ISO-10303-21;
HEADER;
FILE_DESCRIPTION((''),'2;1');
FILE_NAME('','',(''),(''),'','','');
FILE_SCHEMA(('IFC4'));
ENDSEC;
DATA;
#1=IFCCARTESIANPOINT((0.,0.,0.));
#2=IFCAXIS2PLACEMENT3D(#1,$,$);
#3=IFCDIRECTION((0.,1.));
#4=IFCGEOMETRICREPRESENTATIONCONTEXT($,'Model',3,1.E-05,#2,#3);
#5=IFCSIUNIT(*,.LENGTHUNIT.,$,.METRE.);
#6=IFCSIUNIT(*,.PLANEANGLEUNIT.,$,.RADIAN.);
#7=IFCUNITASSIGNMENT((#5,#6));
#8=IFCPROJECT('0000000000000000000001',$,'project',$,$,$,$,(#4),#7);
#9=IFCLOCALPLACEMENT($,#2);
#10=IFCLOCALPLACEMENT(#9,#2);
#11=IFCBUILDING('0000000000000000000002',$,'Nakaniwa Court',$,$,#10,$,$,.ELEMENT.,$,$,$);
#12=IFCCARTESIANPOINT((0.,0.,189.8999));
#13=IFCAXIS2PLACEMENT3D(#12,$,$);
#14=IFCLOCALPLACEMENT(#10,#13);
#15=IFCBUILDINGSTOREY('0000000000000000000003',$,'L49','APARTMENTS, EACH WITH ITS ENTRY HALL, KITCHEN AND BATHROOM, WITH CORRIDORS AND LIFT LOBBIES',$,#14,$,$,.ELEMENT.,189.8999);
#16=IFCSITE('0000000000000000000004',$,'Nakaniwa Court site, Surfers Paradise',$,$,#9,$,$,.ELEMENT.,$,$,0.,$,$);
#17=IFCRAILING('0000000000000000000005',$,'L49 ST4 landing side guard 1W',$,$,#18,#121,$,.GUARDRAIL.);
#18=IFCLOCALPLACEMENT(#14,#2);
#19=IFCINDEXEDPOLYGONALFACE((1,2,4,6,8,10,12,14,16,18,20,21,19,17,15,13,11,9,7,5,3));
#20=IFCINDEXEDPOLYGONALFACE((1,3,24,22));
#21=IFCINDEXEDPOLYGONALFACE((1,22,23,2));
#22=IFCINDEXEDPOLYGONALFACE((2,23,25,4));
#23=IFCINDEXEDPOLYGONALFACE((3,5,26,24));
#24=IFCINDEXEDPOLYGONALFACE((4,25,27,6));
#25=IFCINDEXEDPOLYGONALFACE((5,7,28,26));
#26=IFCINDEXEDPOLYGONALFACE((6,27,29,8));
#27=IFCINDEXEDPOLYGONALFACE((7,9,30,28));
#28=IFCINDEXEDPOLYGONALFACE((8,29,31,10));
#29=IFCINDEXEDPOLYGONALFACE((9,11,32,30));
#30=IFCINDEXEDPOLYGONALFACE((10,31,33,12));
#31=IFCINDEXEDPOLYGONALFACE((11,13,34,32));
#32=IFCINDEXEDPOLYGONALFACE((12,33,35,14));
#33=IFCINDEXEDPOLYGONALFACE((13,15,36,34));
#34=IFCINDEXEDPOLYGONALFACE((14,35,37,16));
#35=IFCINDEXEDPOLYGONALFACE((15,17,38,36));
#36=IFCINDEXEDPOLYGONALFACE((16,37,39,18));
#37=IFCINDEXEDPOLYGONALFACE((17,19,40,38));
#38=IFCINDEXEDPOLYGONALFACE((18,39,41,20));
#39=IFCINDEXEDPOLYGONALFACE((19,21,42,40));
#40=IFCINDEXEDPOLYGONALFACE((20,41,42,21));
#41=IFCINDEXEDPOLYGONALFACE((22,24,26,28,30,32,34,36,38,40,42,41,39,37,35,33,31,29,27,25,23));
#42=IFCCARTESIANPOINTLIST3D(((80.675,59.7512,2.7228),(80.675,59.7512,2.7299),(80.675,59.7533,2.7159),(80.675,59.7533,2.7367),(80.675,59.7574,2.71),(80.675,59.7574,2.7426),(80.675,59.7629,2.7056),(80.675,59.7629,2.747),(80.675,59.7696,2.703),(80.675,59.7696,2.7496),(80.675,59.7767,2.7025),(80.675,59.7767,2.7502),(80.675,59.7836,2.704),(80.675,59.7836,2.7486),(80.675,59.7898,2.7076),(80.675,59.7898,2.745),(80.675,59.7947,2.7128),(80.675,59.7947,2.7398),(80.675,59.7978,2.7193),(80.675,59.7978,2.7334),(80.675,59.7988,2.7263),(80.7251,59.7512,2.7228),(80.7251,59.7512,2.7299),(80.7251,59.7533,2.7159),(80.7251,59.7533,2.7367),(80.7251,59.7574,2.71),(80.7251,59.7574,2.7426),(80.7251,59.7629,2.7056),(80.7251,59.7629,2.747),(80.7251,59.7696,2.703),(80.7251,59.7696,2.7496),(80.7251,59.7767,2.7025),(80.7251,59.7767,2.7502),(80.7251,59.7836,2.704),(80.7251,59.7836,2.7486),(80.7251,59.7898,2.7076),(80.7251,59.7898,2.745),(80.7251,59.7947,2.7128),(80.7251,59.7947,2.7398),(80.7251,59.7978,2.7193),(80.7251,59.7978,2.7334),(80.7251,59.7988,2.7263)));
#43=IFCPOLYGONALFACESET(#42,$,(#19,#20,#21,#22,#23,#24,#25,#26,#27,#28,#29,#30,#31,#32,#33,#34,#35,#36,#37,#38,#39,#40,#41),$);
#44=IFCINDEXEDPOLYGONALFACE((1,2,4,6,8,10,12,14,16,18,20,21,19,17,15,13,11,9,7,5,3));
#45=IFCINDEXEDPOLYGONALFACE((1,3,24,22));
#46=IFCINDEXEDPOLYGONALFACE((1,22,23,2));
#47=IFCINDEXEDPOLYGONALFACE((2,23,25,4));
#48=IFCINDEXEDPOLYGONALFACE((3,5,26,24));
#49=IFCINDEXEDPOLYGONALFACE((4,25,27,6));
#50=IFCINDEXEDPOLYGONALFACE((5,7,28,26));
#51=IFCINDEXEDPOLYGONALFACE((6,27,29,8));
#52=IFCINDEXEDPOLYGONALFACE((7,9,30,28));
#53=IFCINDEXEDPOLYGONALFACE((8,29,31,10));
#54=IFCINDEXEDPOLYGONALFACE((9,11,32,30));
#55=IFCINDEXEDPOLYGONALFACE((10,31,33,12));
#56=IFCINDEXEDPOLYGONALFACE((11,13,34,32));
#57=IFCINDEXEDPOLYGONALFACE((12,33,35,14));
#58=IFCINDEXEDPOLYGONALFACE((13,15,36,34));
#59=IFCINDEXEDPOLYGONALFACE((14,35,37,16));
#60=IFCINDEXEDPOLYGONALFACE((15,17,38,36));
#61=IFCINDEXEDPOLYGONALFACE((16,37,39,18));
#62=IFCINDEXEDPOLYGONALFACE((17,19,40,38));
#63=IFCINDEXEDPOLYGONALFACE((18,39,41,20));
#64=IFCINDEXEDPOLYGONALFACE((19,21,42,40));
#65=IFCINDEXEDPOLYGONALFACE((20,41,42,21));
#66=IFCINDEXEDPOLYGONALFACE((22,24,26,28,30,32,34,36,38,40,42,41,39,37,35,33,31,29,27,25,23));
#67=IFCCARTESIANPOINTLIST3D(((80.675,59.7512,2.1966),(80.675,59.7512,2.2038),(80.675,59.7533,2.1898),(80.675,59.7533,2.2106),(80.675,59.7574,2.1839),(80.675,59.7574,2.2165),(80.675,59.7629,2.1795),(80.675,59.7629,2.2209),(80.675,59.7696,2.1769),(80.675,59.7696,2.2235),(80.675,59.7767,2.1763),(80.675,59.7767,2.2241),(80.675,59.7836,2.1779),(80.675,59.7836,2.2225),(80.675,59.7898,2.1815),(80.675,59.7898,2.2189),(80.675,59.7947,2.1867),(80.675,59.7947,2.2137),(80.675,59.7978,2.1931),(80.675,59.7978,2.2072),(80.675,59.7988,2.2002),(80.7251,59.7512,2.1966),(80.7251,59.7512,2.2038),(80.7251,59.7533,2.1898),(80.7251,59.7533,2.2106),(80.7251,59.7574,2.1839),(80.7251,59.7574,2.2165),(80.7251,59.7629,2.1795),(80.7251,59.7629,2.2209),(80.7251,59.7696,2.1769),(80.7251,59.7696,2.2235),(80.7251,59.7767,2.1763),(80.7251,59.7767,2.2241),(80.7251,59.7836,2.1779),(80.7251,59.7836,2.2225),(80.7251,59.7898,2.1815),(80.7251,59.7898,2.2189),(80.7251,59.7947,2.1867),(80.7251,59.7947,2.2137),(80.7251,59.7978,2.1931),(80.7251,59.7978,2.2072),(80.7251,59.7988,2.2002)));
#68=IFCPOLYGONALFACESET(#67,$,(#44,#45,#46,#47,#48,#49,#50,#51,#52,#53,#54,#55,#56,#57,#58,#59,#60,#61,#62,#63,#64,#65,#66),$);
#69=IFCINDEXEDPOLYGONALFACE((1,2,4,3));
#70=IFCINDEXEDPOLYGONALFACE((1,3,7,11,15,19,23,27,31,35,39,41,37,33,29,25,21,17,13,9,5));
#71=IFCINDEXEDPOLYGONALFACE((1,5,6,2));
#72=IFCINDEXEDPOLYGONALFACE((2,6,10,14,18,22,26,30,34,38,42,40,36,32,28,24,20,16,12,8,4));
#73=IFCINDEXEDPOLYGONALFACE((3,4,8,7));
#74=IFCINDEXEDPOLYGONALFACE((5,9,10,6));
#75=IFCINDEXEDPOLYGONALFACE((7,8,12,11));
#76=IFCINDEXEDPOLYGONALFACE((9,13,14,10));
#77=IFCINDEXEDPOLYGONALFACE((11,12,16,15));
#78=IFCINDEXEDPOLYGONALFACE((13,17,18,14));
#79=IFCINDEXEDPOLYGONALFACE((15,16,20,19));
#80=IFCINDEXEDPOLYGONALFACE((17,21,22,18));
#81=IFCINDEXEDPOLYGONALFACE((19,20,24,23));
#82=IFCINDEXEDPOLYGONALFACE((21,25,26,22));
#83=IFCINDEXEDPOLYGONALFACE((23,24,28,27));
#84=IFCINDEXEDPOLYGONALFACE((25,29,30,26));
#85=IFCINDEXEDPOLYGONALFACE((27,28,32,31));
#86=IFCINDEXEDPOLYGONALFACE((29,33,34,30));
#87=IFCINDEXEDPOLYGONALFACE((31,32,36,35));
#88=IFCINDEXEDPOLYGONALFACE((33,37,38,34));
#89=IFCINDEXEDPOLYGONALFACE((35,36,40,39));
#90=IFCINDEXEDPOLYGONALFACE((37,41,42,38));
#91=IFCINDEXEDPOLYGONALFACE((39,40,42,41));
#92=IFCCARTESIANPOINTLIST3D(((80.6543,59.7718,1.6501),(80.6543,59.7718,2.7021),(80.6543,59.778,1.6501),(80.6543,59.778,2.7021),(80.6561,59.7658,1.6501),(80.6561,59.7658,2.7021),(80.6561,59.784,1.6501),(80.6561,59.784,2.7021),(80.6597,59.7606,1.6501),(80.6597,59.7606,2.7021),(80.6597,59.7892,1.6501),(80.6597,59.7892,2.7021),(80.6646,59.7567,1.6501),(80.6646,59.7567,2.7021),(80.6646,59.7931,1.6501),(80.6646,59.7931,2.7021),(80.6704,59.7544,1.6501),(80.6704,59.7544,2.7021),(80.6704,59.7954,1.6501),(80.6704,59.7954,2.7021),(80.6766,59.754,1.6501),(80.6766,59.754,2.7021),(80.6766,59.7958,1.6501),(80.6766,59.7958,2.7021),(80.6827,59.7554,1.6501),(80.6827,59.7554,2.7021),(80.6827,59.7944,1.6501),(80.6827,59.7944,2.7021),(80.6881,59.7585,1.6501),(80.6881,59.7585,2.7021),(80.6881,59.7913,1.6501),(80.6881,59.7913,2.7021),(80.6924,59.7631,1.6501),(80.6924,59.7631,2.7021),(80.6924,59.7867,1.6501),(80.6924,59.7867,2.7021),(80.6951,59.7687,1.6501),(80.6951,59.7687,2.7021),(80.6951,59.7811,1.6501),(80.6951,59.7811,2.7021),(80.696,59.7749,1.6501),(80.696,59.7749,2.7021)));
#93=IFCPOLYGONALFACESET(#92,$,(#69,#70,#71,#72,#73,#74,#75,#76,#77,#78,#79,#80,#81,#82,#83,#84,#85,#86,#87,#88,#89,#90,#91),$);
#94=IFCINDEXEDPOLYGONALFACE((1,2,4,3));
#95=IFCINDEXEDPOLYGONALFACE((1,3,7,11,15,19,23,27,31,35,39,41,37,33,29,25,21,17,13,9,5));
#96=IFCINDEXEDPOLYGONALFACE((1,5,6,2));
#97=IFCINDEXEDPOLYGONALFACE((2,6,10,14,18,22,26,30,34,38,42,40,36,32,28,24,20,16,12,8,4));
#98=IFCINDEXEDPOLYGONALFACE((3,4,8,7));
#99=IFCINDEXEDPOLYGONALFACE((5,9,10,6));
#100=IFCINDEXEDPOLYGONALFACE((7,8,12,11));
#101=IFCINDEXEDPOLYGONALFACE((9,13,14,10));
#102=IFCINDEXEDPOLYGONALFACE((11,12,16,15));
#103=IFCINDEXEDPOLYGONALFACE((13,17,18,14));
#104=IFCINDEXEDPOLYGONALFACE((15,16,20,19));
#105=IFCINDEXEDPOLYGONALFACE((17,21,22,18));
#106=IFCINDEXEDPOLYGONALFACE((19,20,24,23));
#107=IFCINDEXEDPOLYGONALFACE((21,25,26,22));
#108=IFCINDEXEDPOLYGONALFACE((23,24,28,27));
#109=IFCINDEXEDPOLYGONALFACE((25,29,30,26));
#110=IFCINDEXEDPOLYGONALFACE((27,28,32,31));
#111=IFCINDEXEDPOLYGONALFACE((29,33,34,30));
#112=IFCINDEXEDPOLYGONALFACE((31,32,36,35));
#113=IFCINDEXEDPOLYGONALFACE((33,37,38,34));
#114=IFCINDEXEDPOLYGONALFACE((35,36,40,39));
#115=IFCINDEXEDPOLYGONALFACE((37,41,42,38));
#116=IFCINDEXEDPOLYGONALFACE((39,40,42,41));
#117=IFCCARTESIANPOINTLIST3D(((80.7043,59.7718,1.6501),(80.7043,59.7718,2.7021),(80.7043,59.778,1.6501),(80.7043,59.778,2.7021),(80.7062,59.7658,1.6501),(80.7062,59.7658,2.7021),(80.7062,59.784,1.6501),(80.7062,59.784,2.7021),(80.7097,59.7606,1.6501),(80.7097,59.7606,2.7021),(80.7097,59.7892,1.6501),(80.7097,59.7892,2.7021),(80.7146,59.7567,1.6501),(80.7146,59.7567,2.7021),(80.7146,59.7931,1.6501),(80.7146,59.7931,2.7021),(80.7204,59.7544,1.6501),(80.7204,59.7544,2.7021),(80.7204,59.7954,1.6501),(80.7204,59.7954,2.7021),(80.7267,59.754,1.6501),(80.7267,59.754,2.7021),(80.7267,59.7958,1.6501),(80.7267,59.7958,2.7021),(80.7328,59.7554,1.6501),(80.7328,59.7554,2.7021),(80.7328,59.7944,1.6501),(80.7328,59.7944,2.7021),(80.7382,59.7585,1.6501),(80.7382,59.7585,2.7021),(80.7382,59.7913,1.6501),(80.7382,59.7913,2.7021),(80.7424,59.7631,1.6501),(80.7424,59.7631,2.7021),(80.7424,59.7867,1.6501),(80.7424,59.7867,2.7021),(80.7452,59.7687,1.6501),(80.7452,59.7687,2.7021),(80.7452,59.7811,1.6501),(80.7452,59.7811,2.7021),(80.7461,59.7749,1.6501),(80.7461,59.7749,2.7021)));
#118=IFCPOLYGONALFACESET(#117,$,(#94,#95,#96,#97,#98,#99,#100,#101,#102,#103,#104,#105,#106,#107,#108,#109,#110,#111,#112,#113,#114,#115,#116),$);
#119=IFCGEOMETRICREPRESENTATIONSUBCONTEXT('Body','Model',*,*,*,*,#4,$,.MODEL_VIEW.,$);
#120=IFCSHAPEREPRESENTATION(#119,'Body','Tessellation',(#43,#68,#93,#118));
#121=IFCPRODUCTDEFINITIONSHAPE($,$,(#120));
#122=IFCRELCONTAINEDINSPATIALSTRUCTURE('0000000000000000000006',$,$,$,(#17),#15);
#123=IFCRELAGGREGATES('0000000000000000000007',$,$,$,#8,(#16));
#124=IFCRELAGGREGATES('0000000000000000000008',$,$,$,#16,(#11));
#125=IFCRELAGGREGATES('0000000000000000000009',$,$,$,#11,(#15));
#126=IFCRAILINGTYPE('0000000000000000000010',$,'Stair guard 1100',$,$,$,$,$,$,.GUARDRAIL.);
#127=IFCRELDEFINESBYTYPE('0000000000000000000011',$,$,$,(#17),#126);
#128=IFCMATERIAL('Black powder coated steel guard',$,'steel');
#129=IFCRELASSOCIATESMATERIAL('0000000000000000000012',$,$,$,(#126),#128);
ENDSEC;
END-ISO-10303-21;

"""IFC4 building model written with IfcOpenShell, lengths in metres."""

from ifc_helpers import new_model, si_unit, direction, frame, origin, origin_2d, place, context, subcontext, project, spatial, circle, extrude, material, type_object, element, save


model = new_model("IFC4")

# Units and contexts
model_context = context("Model", 3, precision=1e-05, world=origin(), true_north=direction((0.0, 1.0)))
body_context = subcontext(model_context, "Body", "Model", "MODEL_VIEW")
ifc_project = project(units=[si_unit("LENGTHUNIT", "METRE"), si_unit("PLANEANGLEUNIT", "RADIAN")], contexts=[model_context])

# Site, building, storey
site_placement = place(None, origin())
site = spatial("IfcSite", under=ifc_project, at=site_placement, Name="Nakaniwa Court site, Surfers Paradise", CompositionType="ELEMENT", RefElevation=0.0)
building_placement = place(site_placement, origin())
building = spatial("IfcBuilding", under=site, at=building_placement, Name="Nakaniwa Court", CompositionType="ELEMENT")
storey_placement = place(building_placement, frame((0.0, 0.0, 189.8999)))
storey = spatial("IfcBuildingStorey", under=building, at=storey_placement, Name="L49", Description="APARTMENTS, EACH WITH ITS ENTRY HALL, KITCHEN AND BATHROOM, WITH CORRIDORS AND LIFT LOBBIES", CompositionType="ELEMENT", Elevation=189.8999)

# Railing
ifc_material_1 = material(Name="Black powder coated steel guard", Category="steel")
railing_type_1 = type_object("IfcRailingType", Name="Stair guard 1100", PredefinedType="GUARDRAIL", material=ifc_material_1)
for number, where, name in (
    (1, (80.675, 59.7749, 1.6501), "L49 ST4 landing side guard 1W"),
):
    element("IfcRailing", number, at=place(storey_placement, frame(where)), inside=storey, type_object=railing_type_1, Name=name, PredefinedType="GUARDRAIL", context=body_context, shape_type="SweptSolid", body=[
        extrude(circle(Radius=0.0239, at=origin_2d()), frame((0.0, 0.0, 1.0762), z_axis=(1.0, 0.0, 0.0), x_axis=(0.0, 1.0, 0.0)), (0.0, 0.0, 1.0), 0.05),
        extrude(circle(Radius=0.0239, at=origin_2d()), frame((0.0, 0.0, 0.55), z_axis=(1.0, 0.0, 0.0), x_axis=(0.0, 1.0, 0.0)), (0.0, 0.0, 1.0), 0.05),
        extrude(circle(Radius=0.021, at=origin_2d()), origin(), (0.0, 0.0, 1.0), 1.052),
        extrude(circle(Radius=0.021, at=origin_2d()), frame((0.05, 0.0, 0.0)), (0.0, 0.0, 1.0), 1.052),
    ])

save(model, "model.ifc")
